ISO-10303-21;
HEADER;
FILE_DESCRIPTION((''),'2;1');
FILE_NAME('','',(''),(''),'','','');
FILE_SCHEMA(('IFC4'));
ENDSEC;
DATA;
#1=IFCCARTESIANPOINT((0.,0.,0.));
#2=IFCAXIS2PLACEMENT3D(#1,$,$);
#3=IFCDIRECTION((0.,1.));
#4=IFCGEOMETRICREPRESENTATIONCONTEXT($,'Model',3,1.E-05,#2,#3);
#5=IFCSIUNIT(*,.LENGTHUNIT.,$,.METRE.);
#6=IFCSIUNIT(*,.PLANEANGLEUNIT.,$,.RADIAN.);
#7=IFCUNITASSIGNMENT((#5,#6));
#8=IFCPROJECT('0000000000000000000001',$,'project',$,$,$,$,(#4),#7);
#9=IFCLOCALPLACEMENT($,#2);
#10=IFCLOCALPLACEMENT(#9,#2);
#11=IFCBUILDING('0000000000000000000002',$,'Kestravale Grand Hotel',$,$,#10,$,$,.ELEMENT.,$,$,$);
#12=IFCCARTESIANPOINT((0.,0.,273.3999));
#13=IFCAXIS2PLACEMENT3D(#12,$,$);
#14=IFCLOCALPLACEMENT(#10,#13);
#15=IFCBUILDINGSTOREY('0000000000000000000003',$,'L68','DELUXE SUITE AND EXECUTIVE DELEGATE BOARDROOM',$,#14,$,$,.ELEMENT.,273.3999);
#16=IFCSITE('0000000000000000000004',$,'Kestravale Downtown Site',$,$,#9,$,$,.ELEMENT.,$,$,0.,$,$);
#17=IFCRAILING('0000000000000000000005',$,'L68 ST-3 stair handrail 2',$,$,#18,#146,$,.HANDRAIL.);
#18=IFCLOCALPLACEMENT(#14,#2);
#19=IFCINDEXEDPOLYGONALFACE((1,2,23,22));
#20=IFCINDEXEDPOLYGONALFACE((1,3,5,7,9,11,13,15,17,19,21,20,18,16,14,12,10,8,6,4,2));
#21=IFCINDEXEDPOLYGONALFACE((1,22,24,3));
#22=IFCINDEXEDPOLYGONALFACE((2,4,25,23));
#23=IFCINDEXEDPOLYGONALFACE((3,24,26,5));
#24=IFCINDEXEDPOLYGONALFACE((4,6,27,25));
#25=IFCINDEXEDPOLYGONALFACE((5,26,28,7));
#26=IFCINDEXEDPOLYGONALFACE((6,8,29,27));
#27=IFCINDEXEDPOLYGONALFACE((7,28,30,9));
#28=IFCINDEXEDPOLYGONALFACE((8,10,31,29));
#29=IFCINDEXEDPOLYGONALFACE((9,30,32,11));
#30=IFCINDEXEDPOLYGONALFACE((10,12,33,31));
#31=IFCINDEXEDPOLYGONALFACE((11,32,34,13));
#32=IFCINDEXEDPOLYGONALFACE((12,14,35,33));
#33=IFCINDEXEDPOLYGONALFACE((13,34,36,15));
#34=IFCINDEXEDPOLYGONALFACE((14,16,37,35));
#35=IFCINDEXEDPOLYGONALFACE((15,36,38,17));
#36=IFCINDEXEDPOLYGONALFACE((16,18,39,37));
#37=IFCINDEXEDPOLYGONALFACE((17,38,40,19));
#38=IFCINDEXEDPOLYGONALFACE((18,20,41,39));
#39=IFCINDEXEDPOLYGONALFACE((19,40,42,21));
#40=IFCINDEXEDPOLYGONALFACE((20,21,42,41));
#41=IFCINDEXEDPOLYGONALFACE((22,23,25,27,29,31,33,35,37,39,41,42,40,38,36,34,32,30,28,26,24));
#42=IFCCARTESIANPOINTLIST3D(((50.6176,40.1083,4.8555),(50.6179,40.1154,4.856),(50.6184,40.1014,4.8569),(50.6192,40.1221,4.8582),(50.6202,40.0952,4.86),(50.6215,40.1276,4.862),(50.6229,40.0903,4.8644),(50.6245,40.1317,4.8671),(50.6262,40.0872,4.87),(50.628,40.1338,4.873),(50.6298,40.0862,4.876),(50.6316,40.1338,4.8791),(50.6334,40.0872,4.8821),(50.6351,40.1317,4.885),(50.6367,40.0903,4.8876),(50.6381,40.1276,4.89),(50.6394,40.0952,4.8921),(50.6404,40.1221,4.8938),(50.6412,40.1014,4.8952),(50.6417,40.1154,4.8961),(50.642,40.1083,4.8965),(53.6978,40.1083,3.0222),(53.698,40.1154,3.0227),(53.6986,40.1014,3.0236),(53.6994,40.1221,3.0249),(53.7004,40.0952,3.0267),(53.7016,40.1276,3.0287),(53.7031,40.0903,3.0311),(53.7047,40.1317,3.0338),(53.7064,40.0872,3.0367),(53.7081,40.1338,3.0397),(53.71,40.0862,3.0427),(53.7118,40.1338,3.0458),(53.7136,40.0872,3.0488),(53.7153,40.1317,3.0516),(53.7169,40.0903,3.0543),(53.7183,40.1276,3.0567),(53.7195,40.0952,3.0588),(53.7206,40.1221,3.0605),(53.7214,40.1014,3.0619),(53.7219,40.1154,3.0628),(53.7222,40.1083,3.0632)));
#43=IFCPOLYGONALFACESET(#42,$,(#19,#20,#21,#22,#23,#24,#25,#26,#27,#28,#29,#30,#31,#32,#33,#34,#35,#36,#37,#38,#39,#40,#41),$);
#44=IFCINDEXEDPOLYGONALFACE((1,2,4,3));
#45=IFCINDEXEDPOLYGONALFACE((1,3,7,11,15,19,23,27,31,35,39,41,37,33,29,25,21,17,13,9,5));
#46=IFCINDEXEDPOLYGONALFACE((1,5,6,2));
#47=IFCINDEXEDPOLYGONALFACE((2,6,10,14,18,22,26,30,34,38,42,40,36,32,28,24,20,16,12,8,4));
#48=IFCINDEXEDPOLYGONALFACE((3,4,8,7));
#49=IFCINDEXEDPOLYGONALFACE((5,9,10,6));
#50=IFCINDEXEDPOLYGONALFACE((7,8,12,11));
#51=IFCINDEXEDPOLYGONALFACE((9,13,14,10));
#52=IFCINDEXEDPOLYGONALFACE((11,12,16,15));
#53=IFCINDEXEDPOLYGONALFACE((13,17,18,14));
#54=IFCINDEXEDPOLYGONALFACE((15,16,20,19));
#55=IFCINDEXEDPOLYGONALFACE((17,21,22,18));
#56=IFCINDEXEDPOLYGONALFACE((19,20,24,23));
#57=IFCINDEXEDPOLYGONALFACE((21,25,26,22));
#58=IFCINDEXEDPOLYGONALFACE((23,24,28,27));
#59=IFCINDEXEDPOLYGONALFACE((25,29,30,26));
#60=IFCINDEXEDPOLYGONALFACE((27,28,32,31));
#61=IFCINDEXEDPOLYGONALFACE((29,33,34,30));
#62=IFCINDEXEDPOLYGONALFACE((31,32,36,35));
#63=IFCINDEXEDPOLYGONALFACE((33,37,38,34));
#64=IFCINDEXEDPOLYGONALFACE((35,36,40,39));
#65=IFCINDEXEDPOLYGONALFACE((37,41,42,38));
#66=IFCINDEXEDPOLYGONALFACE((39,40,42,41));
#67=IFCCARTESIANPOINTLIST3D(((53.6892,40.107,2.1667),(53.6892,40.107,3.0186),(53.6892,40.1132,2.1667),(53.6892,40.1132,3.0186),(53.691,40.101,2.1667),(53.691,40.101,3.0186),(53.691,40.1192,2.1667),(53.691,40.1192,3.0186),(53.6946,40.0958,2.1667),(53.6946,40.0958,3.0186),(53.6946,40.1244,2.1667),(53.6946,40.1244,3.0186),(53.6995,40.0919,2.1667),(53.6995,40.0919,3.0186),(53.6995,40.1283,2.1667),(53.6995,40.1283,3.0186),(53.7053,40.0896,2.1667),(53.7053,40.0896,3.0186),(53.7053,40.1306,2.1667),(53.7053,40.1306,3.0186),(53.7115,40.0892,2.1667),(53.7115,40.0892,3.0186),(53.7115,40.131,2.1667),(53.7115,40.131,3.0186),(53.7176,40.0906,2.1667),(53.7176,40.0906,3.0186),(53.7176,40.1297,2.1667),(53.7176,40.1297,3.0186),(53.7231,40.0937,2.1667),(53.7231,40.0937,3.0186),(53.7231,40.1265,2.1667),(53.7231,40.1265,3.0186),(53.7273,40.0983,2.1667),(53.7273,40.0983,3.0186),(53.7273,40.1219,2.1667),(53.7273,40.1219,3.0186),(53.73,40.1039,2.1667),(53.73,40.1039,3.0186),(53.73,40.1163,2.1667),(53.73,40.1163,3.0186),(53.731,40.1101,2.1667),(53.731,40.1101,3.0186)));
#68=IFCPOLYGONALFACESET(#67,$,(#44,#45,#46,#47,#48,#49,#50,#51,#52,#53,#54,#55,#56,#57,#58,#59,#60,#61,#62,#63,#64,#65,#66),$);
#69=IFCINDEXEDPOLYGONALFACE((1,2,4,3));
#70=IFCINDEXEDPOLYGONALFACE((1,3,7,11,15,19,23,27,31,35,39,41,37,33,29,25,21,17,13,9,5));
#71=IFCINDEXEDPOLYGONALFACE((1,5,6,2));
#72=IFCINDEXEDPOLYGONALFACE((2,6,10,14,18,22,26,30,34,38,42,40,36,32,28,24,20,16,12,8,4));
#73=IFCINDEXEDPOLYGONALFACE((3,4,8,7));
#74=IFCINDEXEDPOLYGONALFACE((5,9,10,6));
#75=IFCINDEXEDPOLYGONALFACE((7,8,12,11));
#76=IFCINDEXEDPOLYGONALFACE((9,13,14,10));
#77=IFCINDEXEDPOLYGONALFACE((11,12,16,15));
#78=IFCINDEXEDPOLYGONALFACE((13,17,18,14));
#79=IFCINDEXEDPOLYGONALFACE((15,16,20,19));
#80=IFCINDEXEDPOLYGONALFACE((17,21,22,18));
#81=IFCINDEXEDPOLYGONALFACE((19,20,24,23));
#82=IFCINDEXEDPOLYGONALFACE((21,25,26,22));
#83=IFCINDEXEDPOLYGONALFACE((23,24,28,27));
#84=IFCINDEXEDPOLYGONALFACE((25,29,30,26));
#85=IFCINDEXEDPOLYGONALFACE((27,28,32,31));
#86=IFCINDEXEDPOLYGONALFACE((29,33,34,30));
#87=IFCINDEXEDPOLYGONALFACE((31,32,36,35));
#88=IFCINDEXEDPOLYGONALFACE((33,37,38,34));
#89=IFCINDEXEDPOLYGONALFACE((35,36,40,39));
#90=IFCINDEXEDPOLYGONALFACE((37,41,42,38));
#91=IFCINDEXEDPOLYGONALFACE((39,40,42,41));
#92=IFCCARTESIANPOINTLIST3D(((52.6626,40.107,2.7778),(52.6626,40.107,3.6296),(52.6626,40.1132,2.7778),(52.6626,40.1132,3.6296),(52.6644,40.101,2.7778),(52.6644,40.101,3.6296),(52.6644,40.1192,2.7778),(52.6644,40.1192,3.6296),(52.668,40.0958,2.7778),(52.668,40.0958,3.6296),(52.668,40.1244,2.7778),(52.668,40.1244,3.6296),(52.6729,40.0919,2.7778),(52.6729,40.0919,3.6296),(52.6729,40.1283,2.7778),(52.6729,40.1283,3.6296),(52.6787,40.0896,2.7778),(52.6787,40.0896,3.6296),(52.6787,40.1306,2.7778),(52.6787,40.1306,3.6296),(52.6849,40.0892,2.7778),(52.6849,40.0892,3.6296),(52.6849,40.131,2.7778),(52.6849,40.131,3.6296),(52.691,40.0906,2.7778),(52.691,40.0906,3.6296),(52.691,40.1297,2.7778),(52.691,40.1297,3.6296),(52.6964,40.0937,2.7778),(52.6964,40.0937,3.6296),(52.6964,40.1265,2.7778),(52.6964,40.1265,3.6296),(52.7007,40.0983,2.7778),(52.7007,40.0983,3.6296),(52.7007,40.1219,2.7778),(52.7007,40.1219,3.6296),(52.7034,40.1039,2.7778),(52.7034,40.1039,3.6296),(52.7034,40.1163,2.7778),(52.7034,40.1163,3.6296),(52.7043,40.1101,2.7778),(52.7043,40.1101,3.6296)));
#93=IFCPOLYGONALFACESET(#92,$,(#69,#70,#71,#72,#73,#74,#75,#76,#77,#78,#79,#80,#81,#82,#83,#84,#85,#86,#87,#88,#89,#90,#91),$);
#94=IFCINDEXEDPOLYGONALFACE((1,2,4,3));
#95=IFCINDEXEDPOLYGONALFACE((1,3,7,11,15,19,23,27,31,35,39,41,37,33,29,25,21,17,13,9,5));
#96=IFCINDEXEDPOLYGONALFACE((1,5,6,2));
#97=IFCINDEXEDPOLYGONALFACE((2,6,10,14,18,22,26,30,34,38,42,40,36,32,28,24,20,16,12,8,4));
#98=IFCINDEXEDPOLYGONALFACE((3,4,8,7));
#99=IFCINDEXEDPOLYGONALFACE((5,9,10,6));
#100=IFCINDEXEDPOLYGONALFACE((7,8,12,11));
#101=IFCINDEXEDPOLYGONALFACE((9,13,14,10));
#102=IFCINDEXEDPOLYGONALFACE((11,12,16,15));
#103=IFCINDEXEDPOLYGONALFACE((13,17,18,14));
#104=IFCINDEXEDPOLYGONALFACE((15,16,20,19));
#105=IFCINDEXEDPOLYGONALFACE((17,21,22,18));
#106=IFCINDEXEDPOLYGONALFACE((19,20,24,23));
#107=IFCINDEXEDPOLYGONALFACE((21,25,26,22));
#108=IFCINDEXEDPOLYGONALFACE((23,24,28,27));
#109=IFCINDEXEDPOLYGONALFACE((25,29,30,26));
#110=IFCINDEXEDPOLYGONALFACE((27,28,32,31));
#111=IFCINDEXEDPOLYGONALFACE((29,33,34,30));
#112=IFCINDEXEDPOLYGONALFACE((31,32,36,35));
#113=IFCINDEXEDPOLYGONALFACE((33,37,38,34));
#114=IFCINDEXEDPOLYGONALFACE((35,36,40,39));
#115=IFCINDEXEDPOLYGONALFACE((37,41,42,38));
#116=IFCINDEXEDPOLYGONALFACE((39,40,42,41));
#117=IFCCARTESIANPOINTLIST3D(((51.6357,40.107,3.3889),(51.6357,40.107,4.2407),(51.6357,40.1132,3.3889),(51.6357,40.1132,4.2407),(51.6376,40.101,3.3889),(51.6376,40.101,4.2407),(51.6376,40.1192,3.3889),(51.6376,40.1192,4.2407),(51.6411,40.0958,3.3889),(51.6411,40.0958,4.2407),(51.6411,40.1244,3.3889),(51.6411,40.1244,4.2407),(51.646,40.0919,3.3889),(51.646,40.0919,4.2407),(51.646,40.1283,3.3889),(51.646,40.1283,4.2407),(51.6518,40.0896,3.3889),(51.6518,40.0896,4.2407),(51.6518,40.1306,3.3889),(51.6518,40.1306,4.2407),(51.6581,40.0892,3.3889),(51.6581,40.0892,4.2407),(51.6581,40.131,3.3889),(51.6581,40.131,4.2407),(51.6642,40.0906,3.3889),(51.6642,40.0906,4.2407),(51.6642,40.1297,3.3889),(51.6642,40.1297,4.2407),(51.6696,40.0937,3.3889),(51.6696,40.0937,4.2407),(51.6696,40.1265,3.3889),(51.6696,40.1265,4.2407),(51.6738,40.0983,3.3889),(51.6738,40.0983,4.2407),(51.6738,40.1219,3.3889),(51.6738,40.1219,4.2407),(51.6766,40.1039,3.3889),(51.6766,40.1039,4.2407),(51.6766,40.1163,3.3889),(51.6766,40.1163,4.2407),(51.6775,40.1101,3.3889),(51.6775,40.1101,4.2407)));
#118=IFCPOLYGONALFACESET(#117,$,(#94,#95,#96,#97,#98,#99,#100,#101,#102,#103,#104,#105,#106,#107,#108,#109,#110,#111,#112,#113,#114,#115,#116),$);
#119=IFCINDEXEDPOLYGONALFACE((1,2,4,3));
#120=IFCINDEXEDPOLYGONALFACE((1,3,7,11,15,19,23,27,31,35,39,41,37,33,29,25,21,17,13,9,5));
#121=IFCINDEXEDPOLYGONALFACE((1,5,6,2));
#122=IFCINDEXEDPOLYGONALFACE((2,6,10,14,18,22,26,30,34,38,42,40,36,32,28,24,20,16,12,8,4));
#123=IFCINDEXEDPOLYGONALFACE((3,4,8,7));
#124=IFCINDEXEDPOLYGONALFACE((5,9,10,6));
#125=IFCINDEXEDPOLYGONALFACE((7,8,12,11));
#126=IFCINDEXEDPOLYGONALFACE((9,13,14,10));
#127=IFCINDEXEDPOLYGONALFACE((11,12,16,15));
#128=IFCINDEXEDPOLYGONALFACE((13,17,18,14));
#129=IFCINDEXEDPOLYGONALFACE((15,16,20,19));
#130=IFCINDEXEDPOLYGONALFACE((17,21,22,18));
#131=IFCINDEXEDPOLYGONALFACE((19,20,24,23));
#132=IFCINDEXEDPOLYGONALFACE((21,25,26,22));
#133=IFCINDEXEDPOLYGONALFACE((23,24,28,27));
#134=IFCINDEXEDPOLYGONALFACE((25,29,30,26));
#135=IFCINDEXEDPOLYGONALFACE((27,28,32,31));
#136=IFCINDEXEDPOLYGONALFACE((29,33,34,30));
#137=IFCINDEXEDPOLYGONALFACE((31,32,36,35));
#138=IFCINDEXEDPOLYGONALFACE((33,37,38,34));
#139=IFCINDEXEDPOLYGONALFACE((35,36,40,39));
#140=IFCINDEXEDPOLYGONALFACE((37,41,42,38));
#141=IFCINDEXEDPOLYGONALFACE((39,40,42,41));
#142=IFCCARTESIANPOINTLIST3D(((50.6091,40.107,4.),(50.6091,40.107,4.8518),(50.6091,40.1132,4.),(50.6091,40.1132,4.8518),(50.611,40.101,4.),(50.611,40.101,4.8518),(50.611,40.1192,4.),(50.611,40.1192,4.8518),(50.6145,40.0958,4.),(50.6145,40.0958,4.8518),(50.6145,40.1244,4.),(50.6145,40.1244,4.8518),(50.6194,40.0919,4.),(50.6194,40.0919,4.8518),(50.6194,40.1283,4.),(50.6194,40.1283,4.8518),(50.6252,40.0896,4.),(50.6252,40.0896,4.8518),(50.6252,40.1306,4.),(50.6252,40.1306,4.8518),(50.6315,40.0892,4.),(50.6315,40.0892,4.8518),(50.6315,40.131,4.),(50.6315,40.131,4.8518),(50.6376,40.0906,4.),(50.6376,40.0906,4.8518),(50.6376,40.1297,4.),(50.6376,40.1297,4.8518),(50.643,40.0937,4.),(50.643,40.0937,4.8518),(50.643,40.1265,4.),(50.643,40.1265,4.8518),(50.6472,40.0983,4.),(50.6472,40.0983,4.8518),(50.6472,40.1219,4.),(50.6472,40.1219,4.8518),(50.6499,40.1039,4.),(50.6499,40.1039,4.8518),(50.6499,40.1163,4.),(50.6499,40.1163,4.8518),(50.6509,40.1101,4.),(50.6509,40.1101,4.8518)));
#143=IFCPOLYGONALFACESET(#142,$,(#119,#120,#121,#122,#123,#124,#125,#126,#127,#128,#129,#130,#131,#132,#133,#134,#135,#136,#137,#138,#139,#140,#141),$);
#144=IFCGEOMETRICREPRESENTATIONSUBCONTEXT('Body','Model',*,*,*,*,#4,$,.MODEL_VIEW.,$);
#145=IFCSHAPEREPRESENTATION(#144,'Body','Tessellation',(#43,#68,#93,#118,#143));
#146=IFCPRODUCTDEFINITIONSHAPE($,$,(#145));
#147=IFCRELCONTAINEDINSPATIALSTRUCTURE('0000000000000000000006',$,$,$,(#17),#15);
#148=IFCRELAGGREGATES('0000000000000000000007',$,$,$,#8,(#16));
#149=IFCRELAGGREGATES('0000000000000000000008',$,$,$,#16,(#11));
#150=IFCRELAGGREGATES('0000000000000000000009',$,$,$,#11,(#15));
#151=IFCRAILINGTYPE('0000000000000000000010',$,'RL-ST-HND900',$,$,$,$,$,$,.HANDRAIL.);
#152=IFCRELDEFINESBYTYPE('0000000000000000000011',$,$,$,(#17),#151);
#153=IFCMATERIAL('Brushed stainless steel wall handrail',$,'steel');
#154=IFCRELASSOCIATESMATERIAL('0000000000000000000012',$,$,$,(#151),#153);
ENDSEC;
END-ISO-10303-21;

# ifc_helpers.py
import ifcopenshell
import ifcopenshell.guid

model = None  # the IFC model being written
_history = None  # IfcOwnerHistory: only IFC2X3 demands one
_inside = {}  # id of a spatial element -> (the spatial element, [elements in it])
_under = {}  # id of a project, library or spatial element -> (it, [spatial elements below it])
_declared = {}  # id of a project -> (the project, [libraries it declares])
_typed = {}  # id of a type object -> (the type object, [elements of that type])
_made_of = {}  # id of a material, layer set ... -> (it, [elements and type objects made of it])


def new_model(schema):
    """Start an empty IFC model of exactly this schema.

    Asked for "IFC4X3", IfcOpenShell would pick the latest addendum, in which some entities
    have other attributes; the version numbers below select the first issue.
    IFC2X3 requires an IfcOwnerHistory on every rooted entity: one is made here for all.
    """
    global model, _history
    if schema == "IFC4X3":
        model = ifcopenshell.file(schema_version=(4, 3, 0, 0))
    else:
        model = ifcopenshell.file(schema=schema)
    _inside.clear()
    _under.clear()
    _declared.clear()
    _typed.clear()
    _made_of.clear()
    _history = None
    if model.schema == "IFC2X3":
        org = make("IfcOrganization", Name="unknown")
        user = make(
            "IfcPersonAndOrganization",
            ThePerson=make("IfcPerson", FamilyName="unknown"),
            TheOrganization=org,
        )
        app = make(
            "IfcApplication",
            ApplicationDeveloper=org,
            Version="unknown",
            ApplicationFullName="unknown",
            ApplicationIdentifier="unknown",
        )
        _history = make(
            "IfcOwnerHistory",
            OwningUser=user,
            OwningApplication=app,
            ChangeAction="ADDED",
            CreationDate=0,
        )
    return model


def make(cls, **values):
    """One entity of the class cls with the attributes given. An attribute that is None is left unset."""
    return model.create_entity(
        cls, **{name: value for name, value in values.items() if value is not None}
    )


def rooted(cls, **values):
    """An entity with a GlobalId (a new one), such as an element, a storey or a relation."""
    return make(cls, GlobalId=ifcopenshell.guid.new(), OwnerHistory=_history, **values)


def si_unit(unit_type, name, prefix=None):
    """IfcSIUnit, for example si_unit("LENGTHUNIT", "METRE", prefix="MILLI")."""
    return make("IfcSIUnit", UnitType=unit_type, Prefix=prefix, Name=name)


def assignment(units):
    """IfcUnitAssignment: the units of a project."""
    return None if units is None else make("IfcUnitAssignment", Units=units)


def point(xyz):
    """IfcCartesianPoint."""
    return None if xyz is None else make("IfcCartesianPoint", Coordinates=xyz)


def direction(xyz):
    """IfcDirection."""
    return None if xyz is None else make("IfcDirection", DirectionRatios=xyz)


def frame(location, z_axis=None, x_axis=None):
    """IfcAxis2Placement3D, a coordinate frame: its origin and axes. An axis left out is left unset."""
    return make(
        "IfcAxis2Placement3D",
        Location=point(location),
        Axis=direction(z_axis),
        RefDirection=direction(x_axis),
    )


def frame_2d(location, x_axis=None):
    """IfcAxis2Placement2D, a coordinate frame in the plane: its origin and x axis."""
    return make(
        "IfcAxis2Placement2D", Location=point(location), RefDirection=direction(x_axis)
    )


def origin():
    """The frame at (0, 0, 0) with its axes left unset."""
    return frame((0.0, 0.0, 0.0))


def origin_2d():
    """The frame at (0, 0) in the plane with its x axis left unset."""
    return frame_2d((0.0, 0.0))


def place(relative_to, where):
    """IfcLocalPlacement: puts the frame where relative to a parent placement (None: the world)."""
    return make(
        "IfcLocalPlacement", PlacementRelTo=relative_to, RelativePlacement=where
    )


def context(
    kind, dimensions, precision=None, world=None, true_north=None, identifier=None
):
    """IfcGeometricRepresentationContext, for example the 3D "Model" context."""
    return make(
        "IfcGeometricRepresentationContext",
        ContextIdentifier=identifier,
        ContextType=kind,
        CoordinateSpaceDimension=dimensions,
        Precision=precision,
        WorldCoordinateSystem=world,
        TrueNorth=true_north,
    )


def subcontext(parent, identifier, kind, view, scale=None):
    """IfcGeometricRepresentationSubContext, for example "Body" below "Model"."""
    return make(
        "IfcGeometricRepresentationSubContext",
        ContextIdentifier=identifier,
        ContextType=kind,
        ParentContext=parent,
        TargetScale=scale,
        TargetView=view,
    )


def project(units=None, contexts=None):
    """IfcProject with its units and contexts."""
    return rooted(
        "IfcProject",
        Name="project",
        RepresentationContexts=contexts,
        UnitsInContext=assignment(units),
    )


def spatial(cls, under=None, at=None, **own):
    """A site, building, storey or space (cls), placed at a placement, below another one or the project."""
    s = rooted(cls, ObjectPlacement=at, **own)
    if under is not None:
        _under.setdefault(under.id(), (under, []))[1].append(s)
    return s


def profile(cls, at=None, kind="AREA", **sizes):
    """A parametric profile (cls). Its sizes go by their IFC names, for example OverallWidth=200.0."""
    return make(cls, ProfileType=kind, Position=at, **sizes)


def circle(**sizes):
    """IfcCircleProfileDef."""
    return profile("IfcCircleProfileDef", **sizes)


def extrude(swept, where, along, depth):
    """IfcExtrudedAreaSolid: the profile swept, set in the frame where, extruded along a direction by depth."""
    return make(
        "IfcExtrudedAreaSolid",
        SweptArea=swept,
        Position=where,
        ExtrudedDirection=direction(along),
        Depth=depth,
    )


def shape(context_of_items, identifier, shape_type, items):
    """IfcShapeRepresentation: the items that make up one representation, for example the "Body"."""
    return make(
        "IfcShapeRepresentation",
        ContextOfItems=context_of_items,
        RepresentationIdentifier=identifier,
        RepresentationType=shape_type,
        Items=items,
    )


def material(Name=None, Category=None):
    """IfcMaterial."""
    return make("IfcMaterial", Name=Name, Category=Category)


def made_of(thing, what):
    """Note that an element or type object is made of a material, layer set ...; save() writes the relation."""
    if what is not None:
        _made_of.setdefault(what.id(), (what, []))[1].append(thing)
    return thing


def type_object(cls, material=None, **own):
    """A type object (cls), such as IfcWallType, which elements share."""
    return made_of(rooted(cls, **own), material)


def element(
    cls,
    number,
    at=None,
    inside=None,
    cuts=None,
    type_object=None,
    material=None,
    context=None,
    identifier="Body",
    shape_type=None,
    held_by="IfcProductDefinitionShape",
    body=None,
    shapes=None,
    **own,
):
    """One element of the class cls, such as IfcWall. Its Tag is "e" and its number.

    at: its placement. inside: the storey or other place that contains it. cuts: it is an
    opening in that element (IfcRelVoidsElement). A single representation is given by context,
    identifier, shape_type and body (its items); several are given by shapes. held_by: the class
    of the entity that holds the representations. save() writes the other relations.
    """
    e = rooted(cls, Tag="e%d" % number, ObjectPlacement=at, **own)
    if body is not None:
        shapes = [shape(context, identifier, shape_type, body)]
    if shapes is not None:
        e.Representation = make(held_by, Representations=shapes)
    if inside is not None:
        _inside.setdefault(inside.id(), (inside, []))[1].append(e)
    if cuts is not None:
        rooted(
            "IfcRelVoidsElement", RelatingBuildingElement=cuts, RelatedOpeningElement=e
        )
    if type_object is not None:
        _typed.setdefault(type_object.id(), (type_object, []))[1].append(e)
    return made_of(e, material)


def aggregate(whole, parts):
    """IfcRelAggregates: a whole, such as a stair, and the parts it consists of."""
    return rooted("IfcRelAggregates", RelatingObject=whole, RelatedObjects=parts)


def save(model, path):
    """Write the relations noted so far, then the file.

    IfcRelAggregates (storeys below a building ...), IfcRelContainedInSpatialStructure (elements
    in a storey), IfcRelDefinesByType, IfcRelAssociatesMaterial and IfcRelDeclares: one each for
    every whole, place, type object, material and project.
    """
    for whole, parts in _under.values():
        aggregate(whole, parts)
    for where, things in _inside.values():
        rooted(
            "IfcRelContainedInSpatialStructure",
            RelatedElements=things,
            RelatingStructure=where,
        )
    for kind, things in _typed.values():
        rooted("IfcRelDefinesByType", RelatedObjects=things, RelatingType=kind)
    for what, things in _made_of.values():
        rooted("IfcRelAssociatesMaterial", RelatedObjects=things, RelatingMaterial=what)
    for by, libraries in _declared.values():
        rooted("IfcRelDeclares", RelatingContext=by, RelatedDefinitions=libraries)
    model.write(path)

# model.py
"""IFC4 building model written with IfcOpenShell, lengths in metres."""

from ifc_helpers import new_model, si_unit, direction, frame, origin, origin_2d, place, context, subcontext, project, spatial, circle, extrude, material, type_object, element, save


model = new_model("IFC4")

# Units and contexts
model_context = context("Model", 3, precision=1e-05, world=origin(), true_north=direction((0.0, 1.0)))
body_context = subcontext(model_context, "Body", "Model", "MODEL_VIEW")
ifc_project = project(units=[si_unit("LENGTHUNIT", "METRE"), si_unit("PLANEANGLEUNIT", "RADIAN")], contexts=[model_context])

# Site, building, storey
site_placement = place(None, origin())
site = spatial("IfcSite", under=ifc_project, at=site_placement, Name="Kestravale Downtown Site", CompositionType="ELEMENT", RefElevation=0.0)
building_placement = place(site_placement, origin())
building = spatial("IfcBuilding", under=site, at=building_placement, Name="Kestravale Grand Hotel", CompositionType="ELEMENT")
storey_placement = place(building_placement, frame((0.0, 0.0, 273.3999)))
storey = spatial("IfcBuildingStorey", under=building, at=storey_placement, Name="L68", Description="DELUXE SUITE AND EXECUTIVE DELEGATE BOARDROOM", CompositionType="ELEMENT", Elevation=273.3999)

# Railing
ifc_material_1 = material(Name="Brushed stainless steel wall handrail", Category="steel")
railing_type_1 = type_object("IfcRailingType", Name="RL-ST-HND900", PredefinedType="HANDRAIL", material=ifc_material_1)
railing_1_placement = place(storey_placement, frame((53.71, 40.1101, 2.1667)))
element("IfcRailing", 1, at=railing_1_placement, inside=storey, type_object=railing_type_1, Name="L68 ST-3 stair handrail 2", PredefinedType="HANDRAIL", context=body_context, shape_type="SweptSolid", body=[
    extrude(circle(Radius=0.0239, at=origin_2d()), frame((0.0, 0.0, 0.876), z_axis=(-0.859309, 0.0, 0.511458), x_axis=(0.0, -1.0, 0.0)), (0.0, 0.0, 1.0), 3.5845),
    extrude(circle(Radius=0.021, at=origin_2d()), origin(), (0.0, 0.0, 1.0), 0.8518),
    extrude(circle(Radius=0.021, at=origin_2d()), frame((-1.0266, 0.0, 0.6111)), (0.0, 0.0, 1.0), 0.8518),
    extrude(circle(Radius=0.021, at=origin_2d()), frame((-2.0535, 0.0, 1.2222)), (0.0, 0.0, 1.0), 0.8518),
    extrude(circle(Radius=0.021, at=origin_2d()), frame((-3.0801, 0.0, 1.8333)), (0.0, 0.0, 1.0), 0.8518),
])

save(model, "model.ifc")
